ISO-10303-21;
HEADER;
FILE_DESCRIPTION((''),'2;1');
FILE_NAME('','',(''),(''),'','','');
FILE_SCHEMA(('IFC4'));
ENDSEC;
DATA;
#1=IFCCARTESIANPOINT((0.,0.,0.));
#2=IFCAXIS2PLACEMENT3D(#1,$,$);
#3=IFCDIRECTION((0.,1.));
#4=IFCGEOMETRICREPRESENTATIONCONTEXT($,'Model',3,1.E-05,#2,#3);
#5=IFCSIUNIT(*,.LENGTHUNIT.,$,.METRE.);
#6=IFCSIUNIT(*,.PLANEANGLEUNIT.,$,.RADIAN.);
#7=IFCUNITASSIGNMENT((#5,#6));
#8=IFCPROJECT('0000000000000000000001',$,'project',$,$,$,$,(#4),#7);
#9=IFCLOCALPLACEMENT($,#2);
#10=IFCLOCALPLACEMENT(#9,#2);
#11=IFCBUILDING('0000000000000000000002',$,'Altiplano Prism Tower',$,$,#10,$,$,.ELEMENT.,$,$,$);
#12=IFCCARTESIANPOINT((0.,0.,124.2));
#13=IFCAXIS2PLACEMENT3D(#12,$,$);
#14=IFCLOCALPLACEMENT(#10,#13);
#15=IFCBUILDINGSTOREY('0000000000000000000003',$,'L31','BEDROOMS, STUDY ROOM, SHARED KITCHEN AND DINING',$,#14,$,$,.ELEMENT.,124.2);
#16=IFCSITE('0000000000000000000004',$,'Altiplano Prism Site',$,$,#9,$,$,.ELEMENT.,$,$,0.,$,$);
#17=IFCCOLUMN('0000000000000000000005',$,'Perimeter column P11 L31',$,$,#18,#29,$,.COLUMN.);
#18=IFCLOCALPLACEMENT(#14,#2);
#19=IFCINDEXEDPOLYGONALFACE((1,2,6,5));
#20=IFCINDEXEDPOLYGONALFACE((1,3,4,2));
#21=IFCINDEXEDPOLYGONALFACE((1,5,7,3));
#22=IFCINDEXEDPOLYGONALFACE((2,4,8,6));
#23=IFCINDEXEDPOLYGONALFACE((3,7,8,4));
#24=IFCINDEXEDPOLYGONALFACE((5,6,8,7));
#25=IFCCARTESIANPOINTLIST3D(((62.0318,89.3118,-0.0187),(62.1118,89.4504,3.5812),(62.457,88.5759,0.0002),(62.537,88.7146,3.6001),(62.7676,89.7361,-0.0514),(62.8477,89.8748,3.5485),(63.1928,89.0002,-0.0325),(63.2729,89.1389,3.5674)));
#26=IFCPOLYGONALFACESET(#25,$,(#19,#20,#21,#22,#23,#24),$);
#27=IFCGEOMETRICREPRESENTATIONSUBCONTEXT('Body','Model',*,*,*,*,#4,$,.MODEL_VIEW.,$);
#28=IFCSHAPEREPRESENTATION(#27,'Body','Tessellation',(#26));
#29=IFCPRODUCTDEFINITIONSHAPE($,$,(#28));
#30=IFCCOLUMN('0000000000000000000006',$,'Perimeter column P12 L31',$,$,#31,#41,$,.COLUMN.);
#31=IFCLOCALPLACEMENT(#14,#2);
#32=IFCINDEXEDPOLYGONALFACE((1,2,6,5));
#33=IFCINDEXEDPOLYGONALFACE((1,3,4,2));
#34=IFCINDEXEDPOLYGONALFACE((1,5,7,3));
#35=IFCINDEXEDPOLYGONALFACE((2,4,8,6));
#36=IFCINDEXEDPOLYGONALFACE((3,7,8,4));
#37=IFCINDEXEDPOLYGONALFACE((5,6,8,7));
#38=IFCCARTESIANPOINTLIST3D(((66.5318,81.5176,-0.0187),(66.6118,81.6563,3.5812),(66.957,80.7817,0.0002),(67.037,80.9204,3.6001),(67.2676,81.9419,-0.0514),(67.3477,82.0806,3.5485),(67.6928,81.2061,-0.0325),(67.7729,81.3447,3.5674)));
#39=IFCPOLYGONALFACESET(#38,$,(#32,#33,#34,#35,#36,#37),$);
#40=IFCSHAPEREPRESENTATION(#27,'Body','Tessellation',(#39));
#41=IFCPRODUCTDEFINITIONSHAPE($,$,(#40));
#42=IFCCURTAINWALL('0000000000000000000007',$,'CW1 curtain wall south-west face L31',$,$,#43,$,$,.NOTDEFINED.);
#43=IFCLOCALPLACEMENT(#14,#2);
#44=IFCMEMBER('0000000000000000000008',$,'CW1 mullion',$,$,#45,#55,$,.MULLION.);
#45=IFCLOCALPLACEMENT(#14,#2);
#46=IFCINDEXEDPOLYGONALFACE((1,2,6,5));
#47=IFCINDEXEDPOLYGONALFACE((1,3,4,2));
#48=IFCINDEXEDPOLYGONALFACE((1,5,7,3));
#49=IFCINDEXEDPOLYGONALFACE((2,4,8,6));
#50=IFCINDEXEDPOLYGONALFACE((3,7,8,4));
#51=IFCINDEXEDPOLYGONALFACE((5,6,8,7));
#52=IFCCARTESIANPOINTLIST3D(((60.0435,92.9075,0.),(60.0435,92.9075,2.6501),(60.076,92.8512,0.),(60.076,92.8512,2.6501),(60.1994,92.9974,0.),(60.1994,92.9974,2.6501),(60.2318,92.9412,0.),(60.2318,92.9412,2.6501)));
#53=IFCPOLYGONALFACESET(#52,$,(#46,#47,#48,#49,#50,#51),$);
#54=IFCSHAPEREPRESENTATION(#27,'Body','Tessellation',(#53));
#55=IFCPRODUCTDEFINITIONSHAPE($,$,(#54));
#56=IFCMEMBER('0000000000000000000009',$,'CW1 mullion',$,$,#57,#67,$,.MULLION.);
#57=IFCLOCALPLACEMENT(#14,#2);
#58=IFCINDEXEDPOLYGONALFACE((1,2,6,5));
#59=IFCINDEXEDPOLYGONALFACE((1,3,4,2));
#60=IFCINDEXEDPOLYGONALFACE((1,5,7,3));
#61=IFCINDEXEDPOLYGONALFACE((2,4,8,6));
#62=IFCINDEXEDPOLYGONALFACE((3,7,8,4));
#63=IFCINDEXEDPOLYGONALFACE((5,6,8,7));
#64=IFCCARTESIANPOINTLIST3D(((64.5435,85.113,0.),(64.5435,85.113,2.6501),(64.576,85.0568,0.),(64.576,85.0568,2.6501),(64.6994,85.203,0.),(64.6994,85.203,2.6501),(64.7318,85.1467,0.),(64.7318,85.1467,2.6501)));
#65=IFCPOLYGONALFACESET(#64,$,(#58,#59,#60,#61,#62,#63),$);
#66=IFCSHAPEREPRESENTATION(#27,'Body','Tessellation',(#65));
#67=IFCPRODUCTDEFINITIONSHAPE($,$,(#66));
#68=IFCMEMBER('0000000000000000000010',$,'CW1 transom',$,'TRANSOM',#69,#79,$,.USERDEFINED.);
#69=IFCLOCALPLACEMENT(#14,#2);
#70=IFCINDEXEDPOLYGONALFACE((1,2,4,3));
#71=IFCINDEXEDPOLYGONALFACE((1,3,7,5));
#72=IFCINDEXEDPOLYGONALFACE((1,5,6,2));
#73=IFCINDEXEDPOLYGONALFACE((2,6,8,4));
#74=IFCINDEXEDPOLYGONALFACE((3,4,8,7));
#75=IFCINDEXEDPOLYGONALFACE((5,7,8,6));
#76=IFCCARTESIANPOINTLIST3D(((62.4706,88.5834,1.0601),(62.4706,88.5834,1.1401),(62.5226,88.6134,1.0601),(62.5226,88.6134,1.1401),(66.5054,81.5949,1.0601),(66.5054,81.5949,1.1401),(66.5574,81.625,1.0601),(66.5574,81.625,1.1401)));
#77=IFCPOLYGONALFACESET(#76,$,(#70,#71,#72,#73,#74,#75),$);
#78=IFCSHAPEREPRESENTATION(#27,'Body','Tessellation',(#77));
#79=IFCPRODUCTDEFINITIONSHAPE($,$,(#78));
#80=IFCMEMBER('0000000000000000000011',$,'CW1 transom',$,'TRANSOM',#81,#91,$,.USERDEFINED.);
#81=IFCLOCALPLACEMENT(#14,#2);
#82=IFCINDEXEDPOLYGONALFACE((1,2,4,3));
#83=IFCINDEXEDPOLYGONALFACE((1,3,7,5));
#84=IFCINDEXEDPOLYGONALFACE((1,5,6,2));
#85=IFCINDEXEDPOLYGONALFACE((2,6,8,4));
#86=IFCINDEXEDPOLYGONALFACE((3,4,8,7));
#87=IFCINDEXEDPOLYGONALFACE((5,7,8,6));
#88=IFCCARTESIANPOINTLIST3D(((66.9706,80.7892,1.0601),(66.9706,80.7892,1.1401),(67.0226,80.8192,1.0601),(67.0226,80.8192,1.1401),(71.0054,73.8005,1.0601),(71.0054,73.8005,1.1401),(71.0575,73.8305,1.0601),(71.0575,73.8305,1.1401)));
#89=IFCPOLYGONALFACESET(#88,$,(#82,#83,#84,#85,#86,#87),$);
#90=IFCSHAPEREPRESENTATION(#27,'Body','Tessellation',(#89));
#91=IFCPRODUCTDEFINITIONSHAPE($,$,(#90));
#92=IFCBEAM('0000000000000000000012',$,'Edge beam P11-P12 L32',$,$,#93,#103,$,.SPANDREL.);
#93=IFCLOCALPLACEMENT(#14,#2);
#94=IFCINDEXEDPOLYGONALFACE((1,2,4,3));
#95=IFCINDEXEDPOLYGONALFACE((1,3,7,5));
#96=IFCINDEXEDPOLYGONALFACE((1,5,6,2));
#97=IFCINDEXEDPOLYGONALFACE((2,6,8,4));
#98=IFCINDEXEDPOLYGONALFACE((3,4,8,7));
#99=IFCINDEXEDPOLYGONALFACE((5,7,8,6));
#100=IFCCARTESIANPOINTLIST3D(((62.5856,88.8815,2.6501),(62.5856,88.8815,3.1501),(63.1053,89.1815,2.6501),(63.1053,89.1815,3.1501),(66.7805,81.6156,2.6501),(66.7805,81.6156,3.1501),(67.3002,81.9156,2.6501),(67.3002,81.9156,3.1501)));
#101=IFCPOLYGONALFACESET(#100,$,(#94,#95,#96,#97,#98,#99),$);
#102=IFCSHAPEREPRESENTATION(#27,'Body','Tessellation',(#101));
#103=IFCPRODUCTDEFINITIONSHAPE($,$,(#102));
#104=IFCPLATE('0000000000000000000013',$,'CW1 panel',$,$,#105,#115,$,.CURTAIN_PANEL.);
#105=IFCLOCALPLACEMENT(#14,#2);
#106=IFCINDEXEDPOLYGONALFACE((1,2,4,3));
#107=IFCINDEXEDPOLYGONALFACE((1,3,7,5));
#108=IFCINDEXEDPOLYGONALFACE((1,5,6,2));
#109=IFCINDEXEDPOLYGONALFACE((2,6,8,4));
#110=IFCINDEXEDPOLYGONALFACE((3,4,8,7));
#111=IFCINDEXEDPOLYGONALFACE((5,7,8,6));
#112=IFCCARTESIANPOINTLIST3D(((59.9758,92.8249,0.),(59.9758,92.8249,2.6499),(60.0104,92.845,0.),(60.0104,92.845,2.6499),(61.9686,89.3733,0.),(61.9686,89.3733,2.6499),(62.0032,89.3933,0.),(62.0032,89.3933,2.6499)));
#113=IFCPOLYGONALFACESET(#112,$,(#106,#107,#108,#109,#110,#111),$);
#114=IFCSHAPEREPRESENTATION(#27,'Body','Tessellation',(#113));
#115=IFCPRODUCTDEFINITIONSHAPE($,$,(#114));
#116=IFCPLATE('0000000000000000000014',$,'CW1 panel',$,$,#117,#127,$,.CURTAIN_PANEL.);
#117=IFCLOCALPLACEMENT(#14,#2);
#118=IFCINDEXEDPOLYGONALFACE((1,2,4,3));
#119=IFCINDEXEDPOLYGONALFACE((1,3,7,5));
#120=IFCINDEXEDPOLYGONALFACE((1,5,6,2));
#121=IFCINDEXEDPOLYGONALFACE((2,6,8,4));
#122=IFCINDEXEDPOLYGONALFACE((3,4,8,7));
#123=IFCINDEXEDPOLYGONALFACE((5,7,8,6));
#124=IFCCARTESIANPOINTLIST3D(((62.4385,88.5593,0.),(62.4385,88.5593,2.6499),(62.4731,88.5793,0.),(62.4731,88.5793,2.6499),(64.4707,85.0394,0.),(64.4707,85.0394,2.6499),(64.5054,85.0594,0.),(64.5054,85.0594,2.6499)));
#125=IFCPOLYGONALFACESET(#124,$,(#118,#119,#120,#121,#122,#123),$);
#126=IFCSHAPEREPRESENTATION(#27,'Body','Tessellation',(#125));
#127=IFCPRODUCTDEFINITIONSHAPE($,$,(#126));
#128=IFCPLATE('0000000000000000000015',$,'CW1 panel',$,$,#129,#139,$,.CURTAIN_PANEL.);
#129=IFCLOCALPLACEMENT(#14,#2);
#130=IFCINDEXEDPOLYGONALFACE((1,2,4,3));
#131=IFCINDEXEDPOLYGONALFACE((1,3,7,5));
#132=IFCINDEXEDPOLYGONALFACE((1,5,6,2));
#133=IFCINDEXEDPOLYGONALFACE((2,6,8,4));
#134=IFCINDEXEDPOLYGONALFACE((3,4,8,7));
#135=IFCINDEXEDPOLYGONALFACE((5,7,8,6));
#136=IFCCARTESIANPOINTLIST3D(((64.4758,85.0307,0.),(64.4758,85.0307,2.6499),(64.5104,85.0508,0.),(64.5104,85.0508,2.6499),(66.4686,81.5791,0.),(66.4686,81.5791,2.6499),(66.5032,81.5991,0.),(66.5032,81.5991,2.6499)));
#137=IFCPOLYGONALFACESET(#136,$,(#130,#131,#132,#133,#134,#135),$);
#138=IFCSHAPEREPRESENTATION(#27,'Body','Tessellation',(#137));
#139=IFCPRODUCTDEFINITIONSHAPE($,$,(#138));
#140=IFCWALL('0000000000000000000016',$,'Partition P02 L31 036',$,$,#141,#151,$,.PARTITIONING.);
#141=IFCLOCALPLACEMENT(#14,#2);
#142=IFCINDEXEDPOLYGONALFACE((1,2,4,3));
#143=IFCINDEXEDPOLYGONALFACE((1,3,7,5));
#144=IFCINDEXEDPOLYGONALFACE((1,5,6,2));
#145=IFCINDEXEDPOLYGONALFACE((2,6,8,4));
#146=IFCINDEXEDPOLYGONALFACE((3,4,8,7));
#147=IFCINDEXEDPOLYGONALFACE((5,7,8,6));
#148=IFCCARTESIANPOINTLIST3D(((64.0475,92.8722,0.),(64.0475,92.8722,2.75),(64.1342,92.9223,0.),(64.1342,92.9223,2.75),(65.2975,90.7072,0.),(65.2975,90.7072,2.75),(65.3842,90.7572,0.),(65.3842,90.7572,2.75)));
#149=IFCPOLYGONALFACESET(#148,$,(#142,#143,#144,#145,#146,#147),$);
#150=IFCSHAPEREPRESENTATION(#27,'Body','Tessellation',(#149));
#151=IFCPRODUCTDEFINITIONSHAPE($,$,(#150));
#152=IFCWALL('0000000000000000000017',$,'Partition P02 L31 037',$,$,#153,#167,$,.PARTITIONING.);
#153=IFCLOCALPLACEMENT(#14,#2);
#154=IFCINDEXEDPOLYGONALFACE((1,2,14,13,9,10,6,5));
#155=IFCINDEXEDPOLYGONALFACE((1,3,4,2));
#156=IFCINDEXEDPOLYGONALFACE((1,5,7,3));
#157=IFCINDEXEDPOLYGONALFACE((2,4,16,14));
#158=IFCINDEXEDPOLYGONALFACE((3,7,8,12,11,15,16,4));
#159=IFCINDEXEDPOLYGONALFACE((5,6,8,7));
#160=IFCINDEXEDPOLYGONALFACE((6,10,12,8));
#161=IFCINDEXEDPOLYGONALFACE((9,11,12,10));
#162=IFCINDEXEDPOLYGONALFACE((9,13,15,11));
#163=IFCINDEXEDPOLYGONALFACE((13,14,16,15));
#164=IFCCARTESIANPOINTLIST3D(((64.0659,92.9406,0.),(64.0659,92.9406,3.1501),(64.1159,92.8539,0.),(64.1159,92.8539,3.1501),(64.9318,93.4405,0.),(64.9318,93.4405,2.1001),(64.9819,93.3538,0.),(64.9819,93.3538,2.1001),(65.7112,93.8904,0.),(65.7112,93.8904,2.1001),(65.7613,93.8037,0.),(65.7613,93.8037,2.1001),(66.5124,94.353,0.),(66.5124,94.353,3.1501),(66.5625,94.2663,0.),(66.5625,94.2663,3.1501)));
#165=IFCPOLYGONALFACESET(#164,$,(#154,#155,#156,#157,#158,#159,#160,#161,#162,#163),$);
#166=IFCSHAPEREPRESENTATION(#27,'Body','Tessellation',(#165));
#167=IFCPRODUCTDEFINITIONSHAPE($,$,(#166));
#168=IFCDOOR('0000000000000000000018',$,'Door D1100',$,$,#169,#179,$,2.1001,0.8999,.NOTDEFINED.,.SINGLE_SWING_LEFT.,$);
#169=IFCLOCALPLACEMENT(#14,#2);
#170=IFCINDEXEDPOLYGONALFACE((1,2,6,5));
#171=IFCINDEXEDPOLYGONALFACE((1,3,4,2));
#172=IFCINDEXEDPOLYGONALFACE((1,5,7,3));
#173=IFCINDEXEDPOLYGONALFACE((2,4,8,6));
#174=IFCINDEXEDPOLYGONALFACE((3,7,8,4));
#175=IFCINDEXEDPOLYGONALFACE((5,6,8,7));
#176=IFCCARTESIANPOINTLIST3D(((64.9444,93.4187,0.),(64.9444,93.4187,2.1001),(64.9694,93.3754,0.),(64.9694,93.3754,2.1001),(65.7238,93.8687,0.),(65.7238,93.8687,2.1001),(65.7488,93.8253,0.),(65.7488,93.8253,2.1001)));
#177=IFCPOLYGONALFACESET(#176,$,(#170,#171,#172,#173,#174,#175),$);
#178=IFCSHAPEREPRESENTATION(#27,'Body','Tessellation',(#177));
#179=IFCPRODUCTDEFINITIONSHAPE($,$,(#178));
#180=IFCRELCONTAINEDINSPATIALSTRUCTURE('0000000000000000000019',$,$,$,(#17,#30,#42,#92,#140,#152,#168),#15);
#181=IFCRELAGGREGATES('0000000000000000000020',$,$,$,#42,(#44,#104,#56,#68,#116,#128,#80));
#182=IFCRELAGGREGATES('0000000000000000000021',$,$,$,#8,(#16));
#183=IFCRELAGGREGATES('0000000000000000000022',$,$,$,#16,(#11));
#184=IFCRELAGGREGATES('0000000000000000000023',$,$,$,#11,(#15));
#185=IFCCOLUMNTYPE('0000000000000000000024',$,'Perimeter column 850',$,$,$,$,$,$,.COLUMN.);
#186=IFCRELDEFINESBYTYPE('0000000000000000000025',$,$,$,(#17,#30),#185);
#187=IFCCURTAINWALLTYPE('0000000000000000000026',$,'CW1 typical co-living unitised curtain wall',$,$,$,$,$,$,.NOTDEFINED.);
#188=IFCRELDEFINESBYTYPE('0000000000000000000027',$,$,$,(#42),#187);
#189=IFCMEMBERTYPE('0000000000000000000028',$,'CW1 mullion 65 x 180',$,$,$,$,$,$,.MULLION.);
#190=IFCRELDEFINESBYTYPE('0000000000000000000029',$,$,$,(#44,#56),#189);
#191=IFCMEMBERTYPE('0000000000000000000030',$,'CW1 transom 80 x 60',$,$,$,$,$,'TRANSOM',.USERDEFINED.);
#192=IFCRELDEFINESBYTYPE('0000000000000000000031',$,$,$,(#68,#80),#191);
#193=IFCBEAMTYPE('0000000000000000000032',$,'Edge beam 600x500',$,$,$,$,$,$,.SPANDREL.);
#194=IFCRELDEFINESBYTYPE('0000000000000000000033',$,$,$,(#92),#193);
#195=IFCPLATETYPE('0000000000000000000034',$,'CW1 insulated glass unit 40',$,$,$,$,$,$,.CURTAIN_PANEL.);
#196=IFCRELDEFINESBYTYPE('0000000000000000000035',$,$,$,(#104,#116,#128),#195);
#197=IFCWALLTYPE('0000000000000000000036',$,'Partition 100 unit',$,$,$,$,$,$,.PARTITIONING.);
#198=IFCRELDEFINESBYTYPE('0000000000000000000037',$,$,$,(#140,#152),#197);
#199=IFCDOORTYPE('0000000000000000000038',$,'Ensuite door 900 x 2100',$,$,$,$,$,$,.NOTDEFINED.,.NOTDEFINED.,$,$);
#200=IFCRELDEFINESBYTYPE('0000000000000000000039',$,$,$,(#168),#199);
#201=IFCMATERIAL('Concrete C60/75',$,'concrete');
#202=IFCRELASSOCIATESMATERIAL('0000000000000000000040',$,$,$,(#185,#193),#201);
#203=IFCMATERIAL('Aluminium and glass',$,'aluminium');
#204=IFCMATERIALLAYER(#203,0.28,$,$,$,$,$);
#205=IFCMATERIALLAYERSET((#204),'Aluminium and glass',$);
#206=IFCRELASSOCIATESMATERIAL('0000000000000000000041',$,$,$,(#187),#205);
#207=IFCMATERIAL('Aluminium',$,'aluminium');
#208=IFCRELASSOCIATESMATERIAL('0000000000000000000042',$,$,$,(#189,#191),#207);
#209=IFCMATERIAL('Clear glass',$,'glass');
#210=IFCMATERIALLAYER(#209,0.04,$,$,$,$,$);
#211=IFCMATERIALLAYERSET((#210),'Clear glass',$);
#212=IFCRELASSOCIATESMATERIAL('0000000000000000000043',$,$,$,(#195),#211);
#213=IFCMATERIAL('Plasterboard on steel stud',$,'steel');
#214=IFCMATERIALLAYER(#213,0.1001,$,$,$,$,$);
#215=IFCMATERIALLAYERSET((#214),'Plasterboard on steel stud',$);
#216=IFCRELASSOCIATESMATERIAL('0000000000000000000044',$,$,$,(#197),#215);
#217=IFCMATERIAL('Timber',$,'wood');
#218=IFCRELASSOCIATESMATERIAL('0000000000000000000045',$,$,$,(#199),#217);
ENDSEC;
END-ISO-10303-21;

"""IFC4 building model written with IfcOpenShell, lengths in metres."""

from ifc_helpers import new_model, si_unit, direction, frame, frame_2d, origin, origin_2d, place, context, subcontext, project, spatial, rectangle, extrude, material, layer, layer_set, material_profile, profile_set, type_object, element, fill, aggregate, save


model = new_model("IFC4")

# Units and contexts
model_context = context("Model", 3, precision=1e-05, world=origin(), true_north=direction((0.0, 1.0)))
body_context = subcontext(model_context, "Body", "Model", "MODEL_VIEW")
ifc_project = project(units=[si_unit("LENGTHUNIT", "METRE"), si_unit("PLANEANGLEUNIT", "RADIAN")], contexts=[model_context])

# Site, building, storey
site_placement = place(None, origin())
site = spatial("IfcSite", under=ifc_project, at=site_placement, Name="Altiplano Prism Site", CompositionType="ELEMENT", RefElevation=0.0)
building_placement = place(site_placement, origin())
building = spatial("IfcBuilding", under=site, at=building_placement, Name="Altiplano Prism Tower", CompositionType="ELEMENT")
storey_placement = place(building_placement, frame((0.0, 0.0, 124.2)))
storey = spatial("IfcBuildingStorey", under=building, at=storey_placement, Name="L31", Description="BEDROOMS, STUDY ROOM, SHARED KITCHEN AND DINING", CompositionType="ELEMENT", Elevation=124.2)

# Columns
ifc_material_1 = material(Name="Concrete C60/75", Category="concrete")
ifc_material_profile_1 = material_profile(ifc_material_1, rectangle(XDim=0.8501, YDim=0.8501, at=origin_2d()), Name="Perimeter column 850")
ifc_profile_set_1 = profile_set([ifc_material_profile_1], Name="Concrete C60/75")
column_type = type_object("IfcColumnType", Name="Perimeter column 850", PredefinedType="COLUMN", material=ifc_profile_set_1)
for number, where, z_axis, x_axis, name in (
    (1, (62.6123, 89.156, -0.0256), (0.022223, 0.038483, 0.999012), (-0.865642, -0.499182, 0.038485), "Perimeter column P11 L31"),
    (2, (67.1123, 81.3618, -0.0256), (0.022223, 0.038483, 0.999012), (-0.865644, -0.499179, 0.038485), "Perimeter column P12 L31"),
):
    element("IfcColumn", number, at=place(storey_placement, frame(where, z_axis=z_axis, x_axis=x_axis)), inside=storey, type_object=column_type, Name=name, PredefinedType="COLUMN", context=body_context, shape_type="SweptSolid", body=[
        extrude(rectangle(XDim=0.8501, YDim=0.8501, at=origin_2d()), origin(), (0.0, 0.0, 1.0), 3.6035),
    ])

# Curtain wall, members
ifc_material_2 = material(Name="Aluminium and glass", Category="aluminium")
ifc_layer_1 = layer(ifc_material_2, 0.28)
ifc_layer_set_1 = layer_set([ifc_layer_1], Name="Aluminium and glass")
curtain_wall_type = type_object("IfcCurtainWallType", Name="CW1 typical co-living unitised curtain wall", PredefinedType="NOTDEFINED", material=ifc_layer_set_1)
curtain_wall_placement = place(storey_placement, origin())
curtain_wall = element("IfcCurtainWall", 3, at=curtain_wall_placement, inside=storey, type_object=curtain_wall_type, Name="CW1 curtain wall south-west face L31", PredefinedType="NOTDEFINED")
ifc_material_3 = material(Name="Aluminium", Category="aluminium")
ifc_material_profile_2 = material_profile(ifc_material_3, rectangle(XDim=0.1799, YDim=0.0649, at=origin_2d()), Name="CW1 mullion 65 x 180")
ifc_profile_set_2 = profile_set([ifc_material_profile_2], Name="Aluminium")
member_type_1 = type_object("IfcMemberType", Name="CW1 mullion 65 x 180", PredefinedType="MULLION", material=ifc_profile_set_2)
member_1_placement = place(storey_placement, frame((60.1377, 92.9243, 0.0), z_axis=(0.0, 0.0, 1.0), x_axis=(0.866025, 0.5, 0.0)))
member_1 = element("IfcMember", 4, at=member_1_placement, type_object=member_type_1, Name="CW1 mullion", PredefinedType="MULLION", context=body_context, shape_type="SweptSolid", body=[
    extrude(rectangle(XDim=0.1799, YDim=0.0649, at=origin_2d()), origin(), (0.0, 0.0, 1.0), 2.6501),
])
member_2_placement = place(storey_placement, frame((64.6377, 85.1299, 0.0), z_axis=(0.0, 0.0, 1.0), x_axis=(0.866025, 0.5, 0.0)))
member_2 = element("IfcMember", 5, at=member_2_placement, type_object=member_type_1, Name="CW1 mullion", PredefinedType="MULLION", context=body_context, shape_type="SweptSolid", body=[
    extrude(rectangle(XDim=0.1799, YDim=0.0649, at=origin_2d()), origin(), (0.0, 0.0, 1.0), 2.6501),
])
ifc_material_profile_3 = material_profile(ifc_material_3, rectangle(XDim=0.0601, YDim=0.0801, at=origin_2d()), Name="CW1 transom 80 x 60")
ifc_profile_set_3 = profile_set([ifc_material_profile_3], Name="Aluminium")
member_type_2 = type_object("IfcMemberType", Name="CW1 transom 80 x 60", ElementType="TRANSOM", PredefinedType="USERDEFINED", material=ifc_profile_set_3)
member_3_placement = place(storey_placement, frame((62.4966, 88.5984, 1.1001), z_axis=(0.500008, -0.866021, 0.0), x_axis=(0.866021, 0.500008, 0.0)))
member_3 = element("IfcMember", 6, at=member_3_placement, type_object=member_type_2, Name="CW1 transom", ObjectType="TRANSOM", PredefinedType="USERDEFINED", context=body_context, shape_type="SweptSolid", body=[
    extrude(rectangle(XDim=0.0601, YDim=0.0801, at=origin_2d()), origin(), (0.0, 0.0, 1.0), 8.0696),
])
member_4_placement = place(storey_placement, frame((66.9966, 80.8042, 1.1001), z_axis=(0.499995, -0.866028, 0.0), x_axis=(0.866028, 0.499995, 0.0)))
member_4 = element("IfcMember", 7, at=member_4_placement, type_object=member_type_2, Name="CW1 transom", ObjectType="TRANSOM", PredefinedType="USERDEFINED", context=body_context, shape_type="SweptSolid", body=[
    extrude(rectangle(XDim=0.0601, YDim=0.0801, at=origin_2d()), origin(), (0.0, 0.0, 1.0), 8.0698),
])

# Beam
ifc_material_profile_4 = material_profile(ifc_material_1, rectangle(XDim=0.6001, YDim=0.5, at=origin_2d()), Name="Edge beam 600x500")
ifc_profile_set_4 = profile_set([ifc_material_profile_4], Name="Concrete C60/75")
beam_type = type_object("IfcBeamType", Name="Edge beam 600x500", PredefinedType="SPANDREL", material=ifc_profile_set_4)
beam_placement = place(storey_placement, frame((62.8455, 89.0315, 2.9001), z_axis=(0.499989, -0.866032, 0.0), x_axis=(0.866032, 0.499989, 0.0)))
element("IfcBeam", 8, at=beam_placement, inside=storey, type_object=beam_type, Name="Edge beam P11-P12 L32", PredefinedType="SPANDREL", context=body_context, shape_type="SweptSolid", body=[
    extrude(rectangle(XDim=0.6001, YDim=0.5, at=origin_2d()), origin(), (0.0, 0.0, 1.0), 8.3899),
])

# Plates
ifc_material_4 = material(Name="Clear glass", Category="glass")
ifc_layer_2 = layer(ifc_material_4, 0.04)
ifc_layer_set_2 = layer_set([ifc_layer_2], Name="Clear glass")
plate_type = type_object("IfcPlateType", Name="CW1 insulated glass unit 40", PredefinedType="CURTAIN_PANEL", material=ifc_layer_set_2)
plate_1_placement = place(storey_placement, frame((60.9895, 91.1091, 0.0), z_axis=(0.0, 0.0, 1.0), x_axis=(0.5, -0.866025, 0.0)))
plate_1 = element("IfcPlate", 9, at=plate_1_placement, type_object=plate_type, Name="CW1 panel", PredefinedType="CURTAIN_PANEL", context=body_context, shape_type="SweptSolid", body=[
    extrude(rectangle(XDim=3.9856, YDim=0.04, at=origin_2d()), origin(), (0.0, 0.0, 1.0), 2.6499),
])
plate_2_placement = place(storey_placement, frame((63.4719, 86.8093, 0.0), z_axis=(0.0, 0.0, 1.0), x_axis=(0.5, -0.866025, 0.0)))
plate_2 = element("IfcPlate", 10, at=plate_2_placement, type_object=plate_type, Name="CW1 panel", PredefinedType="CURTAIN_PANEL", context=body_context, shape_type="SweptSolid", body=[
    extrude(rectangle(XDim=4.0645, YDim=0.04, at=origin_2d()), origin(), (0.0, 0.0, 1.0), 2.6499),
])
plate_3_placement = place(storey_placement, frame((65.4895, 83.3149, 0.0), z_axis=(0.0, 0.0, 1.0), x_axis=(0.5, -0.866025, 0.0)))
plate_3 = element("IfcPlate", 11, at=plate_3_placement, type_object=plate_type, Name="CW1 panel", PredefinedType="CURTAIN_PANEL", context=body_context, shape_type="SweptSolid", body=[
    extrude(rectangle(XDim=3.9856, YDim=0.04, at=origin_2d()), origin(), (0.0, 0.0, 1.0), 2.6499),
])
aggregate(curtain_wall, [member_1, plate_1, member_2, member_3, plate_2, plate_3, member_4])

# Wall
ifc_material_5 = material(Name="Plasterboard on steel stud", Category="steel")
ifc_layer_3 = layer(ifc_material_5, 0.1001)
ifc_layer_set_3 = layer_set([ifc_layer_3], Name="Plasterboard on steel stud")
wall_type_1 = type_object("IfcWallType", Name="Partition 100 unit", PredefinedType="PARTITIONING", material=ifc_layer_set_3)
wall_1_placement = place(storey_placement, frame((65.3408, 90.7322, 0.0), z_axis=(0.0, 0.0, 1.0), x_axis=(-0.500004, 0.866023, 0.0)))
element("IfcWall", 12, at=wall_1_placement, inside=storey, type_object=wall_type_1, Name="Partition P02 L31 036", PredefinedType="PARTITIONING", context=body_context, shape_type="SweptSolid", body=[
    extrude(rectangle(XDim=2.5, YDim=0.1001, at=frame_2d((1.25, 0.0))), origin(), (0.0, 0.0, 1.0), 2.75),
])

# Wall, opening, door
wall_2_placement = place(storey_placement, frame((64.0908, 92.8972, 0.0), z_axis=(0.0, 0.0, 1.0), x_axis=(0.866049, 0.499959, 0.0)))
wall_2 = element("IfcWall", 13, at=wall_2_placement, inside=storey, type_object=wall_type_1, Name="Partition P02 L31 037", PredefinedType="PARTITIONING", context=body_context, shape_type="SweptSolid", body=[
    extrude(rectangle(XDim=2.825, YDim=0.1001, at=frame_2d((1.4126, 0.0))), origin(), (0.0, 0.0, 1.0), 3.1501),
])
opening_placement = place(wall_2_placement, frame((1.0, 0.0, 0.0)))
opening = element("IfcOpeningElement", 14, at=opening_placement, cuts=wall_2, PredefinedType="OPENING", context=body_context, shape_type="SweptSolid", body=[
    extrude(rectangle(XDim=0.8999, YDim=2.1001, at=frame_2d((0.45, 1.05))), frame((0.0, 0.0605, 0.0), z_axis=(0.0, -1.0, 0.0), x_axis=(1.0, 0.0, 0.0)), (0.0, 0.0, 1.0), 0.1211),
])
ifc_material_6 = material(Name="Timber", Category="wood")
door_type = type_object("IfcDoorType", Name="Ensuite door 900 x 2100", OperationType="NOTDEFINED", PredefinedType="NOTDEFINED", material=ifc_material_6)
door_placement = place(opening_placement, origin())
door = element("IfcDoor", 15, at=door_placement, inside=storey, type_object=door_type, Name="Door D1100", OperationType="SINGLE_SWING_LEFT", OverallHeight=2.1001, OverallWidth=0.8999, PredefinedType="NOTDEFINED", context=body_context, shape_type="SweptSolid", body=[
    extrude(rectangle(XDim=0.8999, YDim=2.1001, at=frame_2d((0.45, 1.05))), frame((0.0, 0.0249, 0.0), z_axis=(0.0, -1.0, 0.0), x_axis=(1.0, 0.0, 0.0)), (0.0, 0.0, 1.0), 0.05),
])
fill(opening, door)

save(model, "model.ifc")
